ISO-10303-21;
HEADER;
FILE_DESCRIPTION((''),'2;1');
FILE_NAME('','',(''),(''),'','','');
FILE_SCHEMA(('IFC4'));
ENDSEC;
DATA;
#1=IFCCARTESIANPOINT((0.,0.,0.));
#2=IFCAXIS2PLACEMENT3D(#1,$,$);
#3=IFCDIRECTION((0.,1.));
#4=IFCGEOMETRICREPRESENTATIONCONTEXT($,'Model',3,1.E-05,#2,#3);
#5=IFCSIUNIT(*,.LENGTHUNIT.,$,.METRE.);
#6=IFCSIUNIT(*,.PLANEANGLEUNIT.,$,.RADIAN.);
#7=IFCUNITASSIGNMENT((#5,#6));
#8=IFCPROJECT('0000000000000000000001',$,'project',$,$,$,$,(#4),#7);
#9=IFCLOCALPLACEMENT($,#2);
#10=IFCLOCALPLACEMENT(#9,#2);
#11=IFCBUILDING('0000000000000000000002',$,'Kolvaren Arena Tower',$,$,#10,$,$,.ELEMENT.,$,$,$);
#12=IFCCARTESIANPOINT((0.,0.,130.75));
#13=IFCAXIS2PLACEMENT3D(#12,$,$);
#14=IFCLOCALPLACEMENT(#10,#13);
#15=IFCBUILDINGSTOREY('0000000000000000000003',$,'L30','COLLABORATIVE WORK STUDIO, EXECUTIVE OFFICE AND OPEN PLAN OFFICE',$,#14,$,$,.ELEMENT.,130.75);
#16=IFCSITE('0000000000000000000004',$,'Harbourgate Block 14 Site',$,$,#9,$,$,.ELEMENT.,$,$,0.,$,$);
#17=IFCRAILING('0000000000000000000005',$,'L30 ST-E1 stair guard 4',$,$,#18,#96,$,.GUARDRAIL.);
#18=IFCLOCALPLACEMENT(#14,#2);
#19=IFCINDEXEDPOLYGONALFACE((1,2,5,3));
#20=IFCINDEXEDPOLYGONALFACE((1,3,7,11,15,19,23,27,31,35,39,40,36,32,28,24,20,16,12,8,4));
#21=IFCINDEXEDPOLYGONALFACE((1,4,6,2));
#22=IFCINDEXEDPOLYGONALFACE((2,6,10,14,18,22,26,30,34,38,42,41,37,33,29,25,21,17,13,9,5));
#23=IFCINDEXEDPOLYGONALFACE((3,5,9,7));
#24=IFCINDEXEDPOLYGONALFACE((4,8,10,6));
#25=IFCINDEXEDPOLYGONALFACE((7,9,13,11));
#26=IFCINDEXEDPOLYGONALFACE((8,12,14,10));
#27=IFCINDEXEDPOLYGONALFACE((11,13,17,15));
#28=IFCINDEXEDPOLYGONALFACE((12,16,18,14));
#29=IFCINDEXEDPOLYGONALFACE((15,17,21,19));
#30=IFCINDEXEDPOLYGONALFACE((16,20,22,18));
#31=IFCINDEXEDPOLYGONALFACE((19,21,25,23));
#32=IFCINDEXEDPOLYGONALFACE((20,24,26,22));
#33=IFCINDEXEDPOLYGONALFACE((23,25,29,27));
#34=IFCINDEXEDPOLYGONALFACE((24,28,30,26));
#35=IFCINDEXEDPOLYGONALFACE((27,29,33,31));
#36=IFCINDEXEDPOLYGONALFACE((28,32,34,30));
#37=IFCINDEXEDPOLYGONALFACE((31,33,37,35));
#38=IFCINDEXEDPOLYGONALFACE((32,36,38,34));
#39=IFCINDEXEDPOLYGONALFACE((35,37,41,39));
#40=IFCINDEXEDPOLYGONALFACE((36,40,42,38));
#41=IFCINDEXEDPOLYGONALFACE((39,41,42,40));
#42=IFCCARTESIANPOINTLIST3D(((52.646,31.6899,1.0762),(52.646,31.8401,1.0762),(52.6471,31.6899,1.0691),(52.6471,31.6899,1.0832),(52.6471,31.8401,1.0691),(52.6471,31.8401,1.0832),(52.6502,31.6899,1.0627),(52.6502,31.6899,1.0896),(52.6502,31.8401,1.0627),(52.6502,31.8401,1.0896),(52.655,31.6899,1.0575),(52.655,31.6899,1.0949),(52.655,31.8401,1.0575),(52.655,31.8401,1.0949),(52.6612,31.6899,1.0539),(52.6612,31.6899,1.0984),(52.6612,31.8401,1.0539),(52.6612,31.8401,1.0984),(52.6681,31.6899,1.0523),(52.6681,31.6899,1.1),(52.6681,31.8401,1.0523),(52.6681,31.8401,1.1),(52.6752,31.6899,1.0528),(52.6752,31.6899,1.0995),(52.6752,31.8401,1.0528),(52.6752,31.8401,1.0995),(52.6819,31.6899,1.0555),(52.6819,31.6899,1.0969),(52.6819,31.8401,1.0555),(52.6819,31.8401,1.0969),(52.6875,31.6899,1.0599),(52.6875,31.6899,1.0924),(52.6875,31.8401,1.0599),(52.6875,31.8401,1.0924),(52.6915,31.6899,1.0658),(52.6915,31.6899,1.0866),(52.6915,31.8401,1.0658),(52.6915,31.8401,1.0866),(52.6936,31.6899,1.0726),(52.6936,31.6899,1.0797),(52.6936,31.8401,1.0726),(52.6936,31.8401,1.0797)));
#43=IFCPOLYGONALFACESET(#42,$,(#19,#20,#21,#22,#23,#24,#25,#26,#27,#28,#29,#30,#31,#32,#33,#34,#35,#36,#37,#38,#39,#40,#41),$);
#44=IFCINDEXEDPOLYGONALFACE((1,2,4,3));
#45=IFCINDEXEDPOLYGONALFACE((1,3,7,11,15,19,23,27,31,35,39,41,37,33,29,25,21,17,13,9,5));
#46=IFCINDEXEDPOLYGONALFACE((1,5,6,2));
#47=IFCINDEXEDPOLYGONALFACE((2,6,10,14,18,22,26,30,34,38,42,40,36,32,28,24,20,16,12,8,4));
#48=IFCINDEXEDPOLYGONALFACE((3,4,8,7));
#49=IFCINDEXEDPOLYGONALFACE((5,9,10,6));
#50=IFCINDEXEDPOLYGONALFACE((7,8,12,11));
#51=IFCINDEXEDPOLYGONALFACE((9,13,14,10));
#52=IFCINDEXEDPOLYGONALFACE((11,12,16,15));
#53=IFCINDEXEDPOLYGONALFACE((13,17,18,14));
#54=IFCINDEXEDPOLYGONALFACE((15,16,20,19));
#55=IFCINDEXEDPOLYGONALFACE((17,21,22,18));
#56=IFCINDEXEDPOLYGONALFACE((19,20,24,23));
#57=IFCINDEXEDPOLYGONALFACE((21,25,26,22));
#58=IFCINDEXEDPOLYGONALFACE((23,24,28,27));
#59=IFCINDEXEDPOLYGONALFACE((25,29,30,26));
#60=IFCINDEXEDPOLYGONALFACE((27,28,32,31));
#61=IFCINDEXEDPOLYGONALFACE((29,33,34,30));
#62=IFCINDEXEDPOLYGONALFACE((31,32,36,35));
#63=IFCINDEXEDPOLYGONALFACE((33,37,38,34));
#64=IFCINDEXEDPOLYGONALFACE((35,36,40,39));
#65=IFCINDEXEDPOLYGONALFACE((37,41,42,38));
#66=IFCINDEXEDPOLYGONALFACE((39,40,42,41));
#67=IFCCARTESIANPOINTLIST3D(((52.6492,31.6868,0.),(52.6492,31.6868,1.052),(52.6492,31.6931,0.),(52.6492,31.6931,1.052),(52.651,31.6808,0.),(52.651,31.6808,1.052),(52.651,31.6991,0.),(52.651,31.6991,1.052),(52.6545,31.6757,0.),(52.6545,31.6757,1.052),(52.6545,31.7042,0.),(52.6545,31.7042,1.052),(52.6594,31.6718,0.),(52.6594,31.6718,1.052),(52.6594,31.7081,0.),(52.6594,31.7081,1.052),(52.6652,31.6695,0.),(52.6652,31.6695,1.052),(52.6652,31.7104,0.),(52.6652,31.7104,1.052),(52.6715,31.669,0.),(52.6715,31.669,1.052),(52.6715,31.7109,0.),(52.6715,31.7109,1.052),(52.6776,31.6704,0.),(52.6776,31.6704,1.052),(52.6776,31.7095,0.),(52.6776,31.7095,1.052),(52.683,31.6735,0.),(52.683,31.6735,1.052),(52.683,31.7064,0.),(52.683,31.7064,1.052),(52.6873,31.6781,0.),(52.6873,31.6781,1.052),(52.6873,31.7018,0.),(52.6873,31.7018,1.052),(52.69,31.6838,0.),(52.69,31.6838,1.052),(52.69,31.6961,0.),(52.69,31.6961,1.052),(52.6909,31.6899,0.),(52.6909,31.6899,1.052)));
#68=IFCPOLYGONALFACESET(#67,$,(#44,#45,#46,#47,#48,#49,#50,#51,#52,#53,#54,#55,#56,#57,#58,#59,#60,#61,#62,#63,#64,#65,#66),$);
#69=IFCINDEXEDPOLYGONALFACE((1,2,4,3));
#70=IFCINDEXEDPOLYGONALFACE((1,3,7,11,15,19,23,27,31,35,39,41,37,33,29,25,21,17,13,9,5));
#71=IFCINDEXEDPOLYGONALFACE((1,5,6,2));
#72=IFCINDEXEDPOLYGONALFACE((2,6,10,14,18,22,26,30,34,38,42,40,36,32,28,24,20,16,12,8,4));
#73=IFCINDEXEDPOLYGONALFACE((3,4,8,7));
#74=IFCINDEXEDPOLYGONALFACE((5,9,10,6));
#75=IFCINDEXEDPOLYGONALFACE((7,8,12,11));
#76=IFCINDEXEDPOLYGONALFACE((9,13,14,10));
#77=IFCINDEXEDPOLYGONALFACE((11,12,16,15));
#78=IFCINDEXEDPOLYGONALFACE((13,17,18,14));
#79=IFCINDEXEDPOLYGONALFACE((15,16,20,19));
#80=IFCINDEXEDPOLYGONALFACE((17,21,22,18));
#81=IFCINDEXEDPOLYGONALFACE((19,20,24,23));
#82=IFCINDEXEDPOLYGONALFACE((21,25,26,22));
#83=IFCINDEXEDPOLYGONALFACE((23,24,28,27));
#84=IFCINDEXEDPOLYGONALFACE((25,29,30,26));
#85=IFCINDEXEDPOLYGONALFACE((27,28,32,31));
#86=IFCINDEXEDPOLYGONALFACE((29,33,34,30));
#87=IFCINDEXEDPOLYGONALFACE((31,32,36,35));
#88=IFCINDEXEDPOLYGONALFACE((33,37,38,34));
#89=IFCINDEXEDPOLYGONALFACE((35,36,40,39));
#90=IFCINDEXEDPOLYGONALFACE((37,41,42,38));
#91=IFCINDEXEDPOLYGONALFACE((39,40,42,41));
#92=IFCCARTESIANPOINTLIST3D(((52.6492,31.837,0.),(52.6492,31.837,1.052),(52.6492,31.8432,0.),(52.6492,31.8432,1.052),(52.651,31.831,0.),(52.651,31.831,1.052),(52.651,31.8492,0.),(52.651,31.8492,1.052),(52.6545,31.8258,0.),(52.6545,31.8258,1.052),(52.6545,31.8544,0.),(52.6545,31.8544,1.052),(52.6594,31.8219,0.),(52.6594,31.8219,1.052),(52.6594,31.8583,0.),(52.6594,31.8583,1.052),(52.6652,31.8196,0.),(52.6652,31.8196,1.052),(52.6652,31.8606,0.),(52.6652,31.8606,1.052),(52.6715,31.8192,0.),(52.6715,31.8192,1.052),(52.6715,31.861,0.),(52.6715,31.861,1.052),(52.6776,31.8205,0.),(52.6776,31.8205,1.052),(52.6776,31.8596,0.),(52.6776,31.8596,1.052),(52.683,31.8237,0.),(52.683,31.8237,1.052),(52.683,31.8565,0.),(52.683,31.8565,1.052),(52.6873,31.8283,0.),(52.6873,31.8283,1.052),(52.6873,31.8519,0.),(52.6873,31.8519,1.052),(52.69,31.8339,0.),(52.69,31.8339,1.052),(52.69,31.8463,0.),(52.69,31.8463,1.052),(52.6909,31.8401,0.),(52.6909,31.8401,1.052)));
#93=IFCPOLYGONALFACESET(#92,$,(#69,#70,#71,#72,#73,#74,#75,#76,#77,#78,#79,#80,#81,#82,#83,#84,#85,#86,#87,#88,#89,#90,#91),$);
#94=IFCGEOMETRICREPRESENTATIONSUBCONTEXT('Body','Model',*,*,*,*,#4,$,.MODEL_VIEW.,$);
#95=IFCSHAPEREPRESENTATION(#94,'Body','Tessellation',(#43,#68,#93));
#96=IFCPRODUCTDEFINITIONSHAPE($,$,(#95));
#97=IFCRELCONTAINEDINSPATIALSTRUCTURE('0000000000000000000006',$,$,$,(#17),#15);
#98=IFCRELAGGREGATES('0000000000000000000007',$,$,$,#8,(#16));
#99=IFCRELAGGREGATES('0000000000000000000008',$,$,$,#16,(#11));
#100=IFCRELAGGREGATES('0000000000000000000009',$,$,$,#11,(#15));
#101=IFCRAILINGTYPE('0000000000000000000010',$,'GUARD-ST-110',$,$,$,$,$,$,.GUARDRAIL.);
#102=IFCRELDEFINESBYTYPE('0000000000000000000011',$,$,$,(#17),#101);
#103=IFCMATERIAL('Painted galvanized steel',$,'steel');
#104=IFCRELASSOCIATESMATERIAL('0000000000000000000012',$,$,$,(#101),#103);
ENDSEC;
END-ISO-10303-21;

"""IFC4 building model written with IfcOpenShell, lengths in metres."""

from ifc_helpers import new_model, si_unit, direction, frame, origin, origin_2d, place, context, subcontext, project, spatial, circle, extrude, material, type_object, element, save


model = new_model("IFC4")

# Units and contexts
model_context = context("Model", 3, precision=1e-05, world=origin(), true_north=direction((0.0, 1.0)))
body_context = subcontext(model_context, "Body", "Model", "MODEL_VIEW")
ifc_project = project(units=[si_unit("LENGTHUNIT", "METRE"), si_unit("PLANEANGLEUNIT", "RADIAN")], contexts=[model_context])

# Site, building, storey
site_placement = place(None, origin())
site = spatial("IfcSite", under=ifc_project, at=site_placement, Name="Harbourgate Block 14 Site", CompositionType="ELEMENT", RefElevation=0.0)
building_placement = place(site_placement, origin())
building = spatial("IfcBuilding", under=site, at=building_placement, Name="Kolvaren Arena Tower", CompositionType="ELEMENT")
storey_placement = place(building_placement, frame((0.0, 0.0, 130.75)))
storey = spatial("IfcBuildingStorey", under=building, at=storey_placement, Name="L30", Description="COLLABORATIVE WORK STUDIO, EXECUTIVE OFFICE AND OPEN PLAN OFFICE", CompositionType="ELEMENT", Elevation=130.75)

# Railing
ifc_material_1 = material(Name="Painted galvanized steel", Category="steel")
railing_type_1 = type_object("IfcRailingType", Name="GUARD-ST-110", PredefinedType="GUARDRAIL", material=ifc_material_1)
railing_1_placement = place(storey_placement, frame((52.6699, 31.6899, 0.0)))
element("IfcRailing", 1, at=railing_1_placement, inside=storey, type_object=railing_type_1, Name="L30 ST-E1 stair guard 4", PredefinedType="GUARDRAIL", context=body_context, shape_type="SweptSolid", body=[
    extrude(circle(Radius=0.0239, at=origin_2d()), frame((0.0, 0.0, 1.0762), z_axis=(0.0, 1.0, 0.0), x_axis=(-1.0, 0.0, 0.0)), (0.0, 0.0, 1.0), 0.1501),
    extrude(circle(Radius=0.021, at=origin_2d()), origin(), (0.0, 0.0, 1.0), 1.052),
    extrude(circle(Radius=0.021, at=origin_2d()), frame((0.0, 0.1501, 0.0)), (0.0, 0.0, 1.0), 1.052),
])

save(model, "model.ifc")
